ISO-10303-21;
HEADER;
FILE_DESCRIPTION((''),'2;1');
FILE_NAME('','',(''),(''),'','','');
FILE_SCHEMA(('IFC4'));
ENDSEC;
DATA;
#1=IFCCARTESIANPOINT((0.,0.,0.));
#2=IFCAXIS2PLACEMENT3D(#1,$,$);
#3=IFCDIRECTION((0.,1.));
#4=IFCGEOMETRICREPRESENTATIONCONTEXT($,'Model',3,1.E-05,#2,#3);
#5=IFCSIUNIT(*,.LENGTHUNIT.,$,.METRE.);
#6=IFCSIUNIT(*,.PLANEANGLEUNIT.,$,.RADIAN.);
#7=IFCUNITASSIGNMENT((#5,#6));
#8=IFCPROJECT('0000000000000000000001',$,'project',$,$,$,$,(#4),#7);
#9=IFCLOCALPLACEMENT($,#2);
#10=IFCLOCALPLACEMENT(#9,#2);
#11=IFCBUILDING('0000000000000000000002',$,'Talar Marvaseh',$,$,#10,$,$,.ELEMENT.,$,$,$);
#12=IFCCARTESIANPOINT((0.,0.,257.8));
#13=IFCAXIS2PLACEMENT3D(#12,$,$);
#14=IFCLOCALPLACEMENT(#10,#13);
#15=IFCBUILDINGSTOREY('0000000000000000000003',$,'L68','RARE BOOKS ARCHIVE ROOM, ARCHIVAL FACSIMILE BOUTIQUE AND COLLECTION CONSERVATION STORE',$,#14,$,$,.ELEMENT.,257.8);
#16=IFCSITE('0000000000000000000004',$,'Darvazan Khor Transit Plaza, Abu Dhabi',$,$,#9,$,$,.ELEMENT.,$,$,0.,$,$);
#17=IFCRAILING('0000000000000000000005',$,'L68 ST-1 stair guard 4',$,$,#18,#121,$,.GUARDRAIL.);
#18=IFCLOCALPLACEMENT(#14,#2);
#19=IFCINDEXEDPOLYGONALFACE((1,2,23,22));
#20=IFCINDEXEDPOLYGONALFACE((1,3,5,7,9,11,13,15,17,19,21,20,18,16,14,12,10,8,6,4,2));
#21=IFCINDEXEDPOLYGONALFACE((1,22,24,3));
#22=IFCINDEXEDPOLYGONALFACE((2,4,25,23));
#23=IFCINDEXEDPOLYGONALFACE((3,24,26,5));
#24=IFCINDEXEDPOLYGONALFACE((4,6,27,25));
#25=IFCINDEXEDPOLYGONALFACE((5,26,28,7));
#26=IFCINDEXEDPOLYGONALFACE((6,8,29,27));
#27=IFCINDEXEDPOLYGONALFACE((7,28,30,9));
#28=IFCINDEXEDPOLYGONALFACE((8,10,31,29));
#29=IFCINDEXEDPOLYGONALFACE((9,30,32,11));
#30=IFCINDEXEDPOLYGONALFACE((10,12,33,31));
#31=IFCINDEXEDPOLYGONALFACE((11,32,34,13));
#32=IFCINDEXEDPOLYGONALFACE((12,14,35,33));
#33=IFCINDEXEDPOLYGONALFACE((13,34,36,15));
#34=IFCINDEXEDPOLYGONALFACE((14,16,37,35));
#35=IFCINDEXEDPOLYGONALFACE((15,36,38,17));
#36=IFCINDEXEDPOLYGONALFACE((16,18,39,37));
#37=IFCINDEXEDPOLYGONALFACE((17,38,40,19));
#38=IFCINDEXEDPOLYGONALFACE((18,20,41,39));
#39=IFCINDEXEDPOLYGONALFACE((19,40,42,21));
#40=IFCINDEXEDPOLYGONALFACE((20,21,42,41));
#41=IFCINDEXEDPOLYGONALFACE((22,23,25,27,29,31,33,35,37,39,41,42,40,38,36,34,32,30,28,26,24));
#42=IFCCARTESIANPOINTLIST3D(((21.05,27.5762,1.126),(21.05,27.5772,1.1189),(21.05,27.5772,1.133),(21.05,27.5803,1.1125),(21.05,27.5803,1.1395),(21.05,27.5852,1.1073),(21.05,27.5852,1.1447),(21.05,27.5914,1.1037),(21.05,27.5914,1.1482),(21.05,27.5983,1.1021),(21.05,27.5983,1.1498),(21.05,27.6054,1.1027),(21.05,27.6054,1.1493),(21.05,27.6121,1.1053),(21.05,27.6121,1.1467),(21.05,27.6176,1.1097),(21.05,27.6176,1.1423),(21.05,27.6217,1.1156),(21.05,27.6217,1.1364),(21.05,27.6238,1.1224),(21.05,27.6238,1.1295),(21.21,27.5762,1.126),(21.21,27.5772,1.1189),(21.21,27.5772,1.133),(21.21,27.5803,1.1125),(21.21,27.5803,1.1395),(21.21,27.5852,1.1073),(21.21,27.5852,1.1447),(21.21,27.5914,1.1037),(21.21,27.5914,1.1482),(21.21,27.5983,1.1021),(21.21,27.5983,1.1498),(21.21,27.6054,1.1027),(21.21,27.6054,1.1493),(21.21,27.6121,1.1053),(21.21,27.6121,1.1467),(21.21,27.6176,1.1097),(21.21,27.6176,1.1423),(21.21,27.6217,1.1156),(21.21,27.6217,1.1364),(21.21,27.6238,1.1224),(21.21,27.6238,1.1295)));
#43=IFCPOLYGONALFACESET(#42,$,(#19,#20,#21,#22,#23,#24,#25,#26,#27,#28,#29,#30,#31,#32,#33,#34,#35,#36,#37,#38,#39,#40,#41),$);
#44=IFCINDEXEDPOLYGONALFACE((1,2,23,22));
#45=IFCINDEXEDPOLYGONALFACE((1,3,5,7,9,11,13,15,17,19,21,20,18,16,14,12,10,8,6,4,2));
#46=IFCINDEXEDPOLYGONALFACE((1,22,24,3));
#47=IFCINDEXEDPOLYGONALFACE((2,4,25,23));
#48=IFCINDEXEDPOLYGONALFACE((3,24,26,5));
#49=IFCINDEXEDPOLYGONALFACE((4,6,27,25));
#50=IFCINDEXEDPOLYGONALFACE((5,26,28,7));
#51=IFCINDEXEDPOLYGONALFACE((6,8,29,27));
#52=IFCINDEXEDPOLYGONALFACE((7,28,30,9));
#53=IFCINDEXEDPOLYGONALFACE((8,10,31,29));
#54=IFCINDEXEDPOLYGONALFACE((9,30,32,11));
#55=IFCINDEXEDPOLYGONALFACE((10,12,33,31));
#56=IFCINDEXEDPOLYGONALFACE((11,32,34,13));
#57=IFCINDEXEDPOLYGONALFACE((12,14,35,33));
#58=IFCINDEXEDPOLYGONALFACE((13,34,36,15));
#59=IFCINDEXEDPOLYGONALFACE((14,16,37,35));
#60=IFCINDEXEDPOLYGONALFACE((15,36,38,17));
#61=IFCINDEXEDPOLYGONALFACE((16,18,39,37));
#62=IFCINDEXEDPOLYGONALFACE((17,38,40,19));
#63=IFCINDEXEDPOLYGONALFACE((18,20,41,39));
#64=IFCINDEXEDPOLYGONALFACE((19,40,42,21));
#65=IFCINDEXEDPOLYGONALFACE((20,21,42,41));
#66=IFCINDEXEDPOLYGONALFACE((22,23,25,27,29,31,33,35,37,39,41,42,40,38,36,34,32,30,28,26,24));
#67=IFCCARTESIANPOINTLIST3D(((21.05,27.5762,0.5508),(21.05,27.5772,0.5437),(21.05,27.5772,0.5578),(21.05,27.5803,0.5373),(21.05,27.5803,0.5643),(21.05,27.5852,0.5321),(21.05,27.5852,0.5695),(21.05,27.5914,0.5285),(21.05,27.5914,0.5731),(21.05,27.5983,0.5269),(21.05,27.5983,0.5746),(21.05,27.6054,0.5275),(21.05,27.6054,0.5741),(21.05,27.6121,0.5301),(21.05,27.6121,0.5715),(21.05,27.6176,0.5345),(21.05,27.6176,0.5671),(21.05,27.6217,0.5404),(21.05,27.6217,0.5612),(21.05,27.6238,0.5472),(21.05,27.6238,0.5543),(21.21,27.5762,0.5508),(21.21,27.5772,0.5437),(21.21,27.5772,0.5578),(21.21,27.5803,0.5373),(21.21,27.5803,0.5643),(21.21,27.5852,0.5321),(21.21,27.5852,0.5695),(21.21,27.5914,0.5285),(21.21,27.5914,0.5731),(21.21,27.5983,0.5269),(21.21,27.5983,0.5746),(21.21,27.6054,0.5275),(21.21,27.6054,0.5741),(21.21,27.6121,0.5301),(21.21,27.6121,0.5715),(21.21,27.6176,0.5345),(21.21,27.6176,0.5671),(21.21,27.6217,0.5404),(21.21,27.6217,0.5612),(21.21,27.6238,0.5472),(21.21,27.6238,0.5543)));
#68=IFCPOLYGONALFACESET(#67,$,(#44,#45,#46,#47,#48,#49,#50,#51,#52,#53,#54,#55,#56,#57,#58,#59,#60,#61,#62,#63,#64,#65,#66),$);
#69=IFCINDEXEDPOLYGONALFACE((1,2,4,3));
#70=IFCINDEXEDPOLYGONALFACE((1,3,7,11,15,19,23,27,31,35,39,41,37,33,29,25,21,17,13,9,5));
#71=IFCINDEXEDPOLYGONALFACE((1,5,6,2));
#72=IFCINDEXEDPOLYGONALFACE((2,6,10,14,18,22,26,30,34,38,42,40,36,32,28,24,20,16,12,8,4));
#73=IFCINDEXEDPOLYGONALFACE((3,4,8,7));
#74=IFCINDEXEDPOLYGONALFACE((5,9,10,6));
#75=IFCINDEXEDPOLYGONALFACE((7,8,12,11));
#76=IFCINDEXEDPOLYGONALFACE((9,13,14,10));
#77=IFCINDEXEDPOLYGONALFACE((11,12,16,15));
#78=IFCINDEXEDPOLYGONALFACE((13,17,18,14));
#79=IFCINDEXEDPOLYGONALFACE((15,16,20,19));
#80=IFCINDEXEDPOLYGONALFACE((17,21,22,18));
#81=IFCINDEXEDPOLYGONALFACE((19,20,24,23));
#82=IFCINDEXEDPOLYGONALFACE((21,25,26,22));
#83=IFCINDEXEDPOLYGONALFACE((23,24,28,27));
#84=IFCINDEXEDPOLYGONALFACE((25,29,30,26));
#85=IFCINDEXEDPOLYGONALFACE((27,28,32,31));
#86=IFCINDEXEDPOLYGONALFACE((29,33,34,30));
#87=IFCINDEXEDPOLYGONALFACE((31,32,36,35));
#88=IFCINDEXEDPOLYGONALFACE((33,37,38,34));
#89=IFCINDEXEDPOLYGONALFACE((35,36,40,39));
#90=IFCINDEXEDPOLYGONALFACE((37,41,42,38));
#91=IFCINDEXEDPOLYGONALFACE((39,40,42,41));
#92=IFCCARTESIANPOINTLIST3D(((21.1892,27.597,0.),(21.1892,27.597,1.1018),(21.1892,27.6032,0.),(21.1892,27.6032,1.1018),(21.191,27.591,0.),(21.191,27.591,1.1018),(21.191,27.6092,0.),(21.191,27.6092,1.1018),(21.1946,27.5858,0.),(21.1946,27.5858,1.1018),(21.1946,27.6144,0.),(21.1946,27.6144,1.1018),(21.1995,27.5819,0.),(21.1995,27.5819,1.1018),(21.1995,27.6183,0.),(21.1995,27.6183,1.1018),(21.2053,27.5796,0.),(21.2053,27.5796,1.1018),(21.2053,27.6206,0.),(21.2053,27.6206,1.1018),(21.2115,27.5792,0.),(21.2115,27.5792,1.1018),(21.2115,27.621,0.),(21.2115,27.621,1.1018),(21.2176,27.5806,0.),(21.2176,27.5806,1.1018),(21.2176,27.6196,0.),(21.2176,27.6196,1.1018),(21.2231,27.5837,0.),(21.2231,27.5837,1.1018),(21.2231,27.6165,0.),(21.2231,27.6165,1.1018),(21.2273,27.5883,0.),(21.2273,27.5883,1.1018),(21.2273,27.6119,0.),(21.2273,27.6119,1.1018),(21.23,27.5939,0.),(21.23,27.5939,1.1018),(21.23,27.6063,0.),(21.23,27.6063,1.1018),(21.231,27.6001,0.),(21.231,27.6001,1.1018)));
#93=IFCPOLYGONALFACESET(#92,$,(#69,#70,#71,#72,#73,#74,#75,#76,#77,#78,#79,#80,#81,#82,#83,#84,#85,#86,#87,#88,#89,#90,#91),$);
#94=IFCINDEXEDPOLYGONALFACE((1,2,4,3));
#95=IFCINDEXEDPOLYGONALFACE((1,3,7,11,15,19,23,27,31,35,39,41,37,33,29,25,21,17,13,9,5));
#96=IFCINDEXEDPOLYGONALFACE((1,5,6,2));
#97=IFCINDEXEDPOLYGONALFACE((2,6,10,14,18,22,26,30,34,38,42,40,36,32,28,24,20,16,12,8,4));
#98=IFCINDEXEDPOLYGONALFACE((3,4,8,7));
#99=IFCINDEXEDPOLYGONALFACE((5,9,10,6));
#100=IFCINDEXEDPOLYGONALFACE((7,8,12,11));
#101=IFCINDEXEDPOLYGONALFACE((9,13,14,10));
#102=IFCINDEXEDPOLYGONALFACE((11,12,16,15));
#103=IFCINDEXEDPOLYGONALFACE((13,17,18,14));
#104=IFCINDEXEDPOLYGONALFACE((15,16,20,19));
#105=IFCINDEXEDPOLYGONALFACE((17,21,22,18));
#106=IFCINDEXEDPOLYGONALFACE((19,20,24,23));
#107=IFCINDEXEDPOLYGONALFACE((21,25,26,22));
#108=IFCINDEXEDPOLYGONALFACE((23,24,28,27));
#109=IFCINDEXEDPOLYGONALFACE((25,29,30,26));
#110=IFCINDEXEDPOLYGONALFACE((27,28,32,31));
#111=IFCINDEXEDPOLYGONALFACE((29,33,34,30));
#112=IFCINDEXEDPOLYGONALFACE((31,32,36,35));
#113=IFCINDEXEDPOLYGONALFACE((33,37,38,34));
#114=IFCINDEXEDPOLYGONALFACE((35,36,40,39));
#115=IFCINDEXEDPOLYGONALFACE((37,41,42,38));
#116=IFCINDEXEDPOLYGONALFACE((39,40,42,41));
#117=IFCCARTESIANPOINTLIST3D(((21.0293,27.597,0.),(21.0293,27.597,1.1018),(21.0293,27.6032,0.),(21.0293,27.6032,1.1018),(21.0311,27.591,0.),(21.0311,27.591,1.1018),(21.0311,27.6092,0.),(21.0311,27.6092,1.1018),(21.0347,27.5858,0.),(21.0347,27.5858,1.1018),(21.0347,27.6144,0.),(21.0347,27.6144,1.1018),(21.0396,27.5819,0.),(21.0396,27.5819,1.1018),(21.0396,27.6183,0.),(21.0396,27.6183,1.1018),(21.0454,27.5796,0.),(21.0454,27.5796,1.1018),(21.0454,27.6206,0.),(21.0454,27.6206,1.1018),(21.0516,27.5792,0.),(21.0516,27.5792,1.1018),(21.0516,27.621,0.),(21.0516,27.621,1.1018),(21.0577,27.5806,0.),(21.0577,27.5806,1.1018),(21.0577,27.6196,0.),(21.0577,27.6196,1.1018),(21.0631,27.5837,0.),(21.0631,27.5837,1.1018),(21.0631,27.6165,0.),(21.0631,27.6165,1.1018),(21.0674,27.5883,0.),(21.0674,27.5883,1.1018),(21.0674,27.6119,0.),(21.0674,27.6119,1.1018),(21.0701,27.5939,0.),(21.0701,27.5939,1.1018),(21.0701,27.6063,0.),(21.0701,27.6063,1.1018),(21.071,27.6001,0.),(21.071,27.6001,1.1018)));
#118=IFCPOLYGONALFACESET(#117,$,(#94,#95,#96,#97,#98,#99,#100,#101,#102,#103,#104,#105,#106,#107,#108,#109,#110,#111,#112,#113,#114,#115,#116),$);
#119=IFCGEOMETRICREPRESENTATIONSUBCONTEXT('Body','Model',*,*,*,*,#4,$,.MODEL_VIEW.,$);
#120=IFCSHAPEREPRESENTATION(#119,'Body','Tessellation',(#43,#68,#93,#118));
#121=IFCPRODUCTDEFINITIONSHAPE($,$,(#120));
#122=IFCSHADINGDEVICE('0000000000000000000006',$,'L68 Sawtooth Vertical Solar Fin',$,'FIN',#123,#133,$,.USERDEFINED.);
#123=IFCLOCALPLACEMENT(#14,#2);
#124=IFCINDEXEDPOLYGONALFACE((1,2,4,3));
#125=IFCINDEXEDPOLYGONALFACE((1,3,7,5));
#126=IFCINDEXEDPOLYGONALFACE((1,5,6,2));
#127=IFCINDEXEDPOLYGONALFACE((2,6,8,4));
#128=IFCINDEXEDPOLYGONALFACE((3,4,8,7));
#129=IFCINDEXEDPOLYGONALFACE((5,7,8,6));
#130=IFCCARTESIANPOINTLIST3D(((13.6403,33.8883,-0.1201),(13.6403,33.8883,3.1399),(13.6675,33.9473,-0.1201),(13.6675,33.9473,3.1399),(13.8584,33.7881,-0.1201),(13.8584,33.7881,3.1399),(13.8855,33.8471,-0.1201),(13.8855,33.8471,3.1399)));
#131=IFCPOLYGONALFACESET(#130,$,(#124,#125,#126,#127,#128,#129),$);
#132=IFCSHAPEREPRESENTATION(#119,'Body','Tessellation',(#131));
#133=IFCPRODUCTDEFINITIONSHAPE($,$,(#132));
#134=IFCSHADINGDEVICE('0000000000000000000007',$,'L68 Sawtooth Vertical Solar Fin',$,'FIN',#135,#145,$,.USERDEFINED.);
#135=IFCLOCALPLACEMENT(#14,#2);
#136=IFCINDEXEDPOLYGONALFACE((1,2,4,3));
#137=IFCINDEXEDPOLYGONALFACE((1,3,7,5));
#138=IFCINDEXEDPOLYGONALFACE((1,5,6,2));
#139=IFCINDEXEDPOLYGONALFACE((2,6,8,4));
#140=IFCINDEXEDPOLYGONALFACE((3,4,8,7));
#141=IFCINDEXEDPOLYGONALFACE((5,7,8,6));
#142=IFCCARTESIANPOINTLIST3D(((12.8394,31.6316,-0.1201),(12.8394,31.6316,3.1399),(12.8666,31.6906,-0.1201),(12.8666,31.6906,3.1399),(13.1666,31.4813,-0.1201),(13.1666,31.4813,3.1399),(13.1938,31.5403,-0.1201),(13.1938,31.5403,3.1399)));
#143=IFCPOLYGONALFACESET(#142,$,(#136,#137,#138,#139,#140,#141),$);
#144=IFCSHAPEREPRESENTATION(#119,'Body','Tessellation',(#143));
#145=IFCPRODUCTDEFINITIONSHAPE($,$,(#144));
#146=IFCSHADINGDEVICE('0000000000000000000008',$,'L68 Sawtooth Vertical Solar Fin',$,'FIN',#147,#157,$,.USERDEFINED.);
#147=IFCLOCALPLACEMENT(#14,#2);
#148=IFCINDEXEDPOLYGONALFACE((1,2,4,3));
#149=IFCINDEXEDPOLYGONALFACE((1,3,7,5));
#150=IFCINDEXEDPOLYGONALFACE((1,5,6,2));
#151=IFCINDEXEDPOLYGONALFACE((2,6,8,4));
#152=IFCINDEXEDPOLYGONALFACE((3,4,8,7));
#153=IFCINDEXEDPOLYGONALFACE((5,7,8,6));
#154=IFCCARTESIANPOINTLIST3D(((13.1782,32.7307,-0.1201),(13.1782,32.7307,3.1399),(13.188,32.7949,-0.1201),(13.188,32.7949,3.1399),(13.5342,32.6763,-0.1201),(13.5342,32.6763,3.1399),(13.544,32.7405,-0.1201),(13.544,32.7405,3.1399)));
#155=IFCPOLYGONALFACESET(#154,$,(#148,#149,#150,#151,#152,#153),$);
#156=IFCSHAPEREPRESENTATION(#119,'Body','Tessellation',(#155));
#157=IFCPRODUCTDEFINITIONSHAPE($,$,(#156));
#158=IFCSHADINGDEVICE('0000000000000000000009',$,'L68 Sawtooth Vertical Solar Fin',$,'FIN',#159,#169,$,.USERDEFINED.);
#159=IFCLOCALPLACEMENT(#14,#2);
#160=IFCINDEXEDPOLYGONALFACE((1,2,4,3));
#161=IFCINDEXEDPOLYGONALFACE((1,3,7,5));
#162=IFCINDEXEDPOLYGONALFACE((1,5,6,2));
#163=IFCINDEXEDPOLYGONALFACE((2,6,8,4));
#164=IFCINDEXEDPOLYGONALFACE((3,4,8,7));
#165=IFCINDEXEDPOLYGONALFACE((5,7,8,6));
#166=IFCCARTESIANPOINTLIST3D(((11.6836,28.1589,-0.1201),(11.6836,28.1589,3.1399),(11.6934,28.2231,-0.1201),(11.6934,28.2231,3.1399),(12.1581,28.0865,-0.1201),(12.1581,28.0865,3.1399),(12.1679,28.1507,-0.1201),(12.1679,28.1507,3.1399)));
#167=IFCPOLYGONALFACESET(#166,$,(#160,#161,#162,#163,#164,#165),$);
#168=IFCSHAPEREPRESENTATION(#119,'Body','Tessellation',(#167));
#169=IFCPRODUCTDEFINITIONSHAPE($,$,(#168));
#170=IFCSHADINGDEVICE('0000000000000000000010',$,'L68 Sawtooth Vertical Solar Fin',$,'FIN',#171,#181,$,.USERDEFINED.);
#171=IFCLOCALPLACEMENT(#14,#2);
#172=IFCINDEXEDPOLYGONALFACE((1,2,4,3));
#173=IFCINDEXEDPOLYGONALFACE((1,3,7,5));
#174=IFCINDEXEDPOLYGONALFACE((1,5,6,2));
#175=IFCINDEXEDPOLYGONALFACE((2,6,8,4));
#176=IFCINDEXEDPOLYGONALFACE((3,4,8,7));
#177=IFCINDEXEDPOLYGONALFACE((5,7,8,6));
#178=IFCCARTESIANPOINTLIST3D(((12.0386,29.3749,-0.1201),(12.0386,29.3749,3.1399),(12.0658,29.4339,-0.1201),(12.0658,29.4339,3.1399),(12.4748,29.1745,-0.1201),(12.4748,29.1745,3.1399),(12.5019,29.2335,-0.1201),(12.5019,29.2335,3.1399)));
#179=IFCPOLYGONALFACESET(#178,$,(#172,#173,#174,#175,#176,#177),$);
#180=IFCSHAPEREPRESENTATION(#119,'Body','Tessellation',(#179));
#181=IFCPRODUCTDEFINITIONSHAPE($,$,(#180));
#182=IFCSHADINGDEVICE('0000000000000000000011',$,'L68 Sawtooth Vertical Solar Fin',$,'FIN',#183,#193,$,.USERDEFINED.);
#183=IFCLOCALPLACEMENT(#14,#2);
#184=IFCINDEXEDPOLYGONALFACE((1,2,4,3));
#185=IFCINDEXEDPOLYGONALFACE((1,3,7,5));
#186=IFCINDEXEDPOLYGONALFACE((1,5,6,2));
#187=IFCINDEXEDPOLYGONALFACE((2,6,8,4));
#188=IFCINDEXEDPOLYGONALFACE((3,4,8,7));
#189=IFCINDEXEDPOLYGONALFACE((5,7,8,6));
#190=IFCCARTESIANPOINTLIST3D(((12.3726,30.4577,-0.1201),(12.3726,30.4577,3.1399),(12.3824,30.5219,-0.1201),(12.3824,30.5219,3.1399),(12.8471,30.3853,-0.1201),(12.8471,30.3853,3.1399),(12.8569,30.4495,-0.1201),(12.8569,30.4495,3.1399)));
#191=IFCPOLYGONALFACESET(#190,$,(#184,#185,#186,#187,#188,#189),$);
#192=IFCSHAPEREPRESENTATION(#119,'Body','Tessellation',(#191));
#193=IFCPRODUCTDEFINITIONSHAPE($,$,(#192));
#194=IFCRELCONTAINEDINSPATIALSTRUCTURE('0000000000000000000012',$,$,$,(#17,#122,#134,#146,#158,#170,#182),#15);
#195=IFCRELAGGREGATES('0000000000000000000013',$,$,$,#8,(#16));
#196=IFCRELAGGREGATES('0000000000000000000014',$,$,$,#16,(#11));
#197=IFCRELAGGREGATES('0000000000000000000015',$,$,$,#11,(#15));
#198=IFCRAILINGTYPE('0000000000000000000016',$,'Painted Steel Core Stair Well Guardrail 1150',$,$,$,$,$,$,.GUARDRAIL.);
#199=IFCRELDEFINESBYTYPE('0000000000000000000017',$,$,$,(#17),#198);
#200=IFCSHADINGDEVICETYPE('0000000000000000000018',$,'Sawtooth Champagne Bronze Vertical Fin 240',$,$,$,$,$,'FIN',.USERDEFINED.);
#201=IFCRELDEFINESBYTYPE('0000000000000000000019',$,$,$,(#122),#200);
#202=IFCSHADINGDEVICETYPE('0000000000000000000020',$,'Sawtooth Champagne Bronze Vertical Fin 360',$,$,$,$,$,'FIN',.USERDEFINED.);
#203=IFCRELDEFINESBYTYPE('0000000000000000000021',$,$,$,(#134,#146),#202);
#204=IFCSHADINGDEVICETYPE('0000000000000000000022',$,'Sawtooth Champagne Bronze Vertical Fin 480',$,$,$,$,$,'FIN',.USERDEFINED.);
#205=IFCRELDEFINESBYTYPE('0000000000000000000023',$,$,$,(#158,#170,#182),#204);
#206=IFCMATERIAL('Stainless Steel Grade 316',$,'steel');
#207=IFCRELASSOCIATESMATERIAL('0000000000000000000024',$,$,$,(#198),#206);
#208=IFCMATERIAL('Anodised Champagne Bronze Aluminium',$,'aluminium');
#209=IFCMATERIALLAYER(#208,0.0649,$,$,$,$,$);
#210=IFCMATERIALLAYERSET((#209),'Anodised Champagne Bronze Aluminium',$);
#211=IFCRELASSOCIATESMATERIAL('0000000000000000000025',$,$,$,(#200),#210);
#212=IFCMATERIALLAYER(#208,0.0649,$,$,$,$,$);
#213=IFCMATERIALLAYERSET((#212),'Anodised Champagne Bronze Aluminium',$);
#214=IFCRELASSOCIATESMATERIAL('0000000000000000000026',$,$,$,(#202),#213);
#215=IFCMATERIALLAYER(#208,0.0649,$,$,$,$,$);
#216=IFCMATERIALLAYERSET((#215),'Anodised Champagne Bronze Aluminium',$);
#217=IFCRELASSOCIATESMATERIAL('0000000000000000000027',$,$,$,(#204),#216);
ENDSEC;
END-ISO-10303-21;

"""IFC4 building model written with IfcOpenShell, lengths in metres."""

from ifc_helpers import new_model, si_unit, direction, frame, origin, origin_2d, place, context, subcontext, project, spatial, rectangle, circle, extrude, source, transform, mapped, material, layer, layer_set, type_object, type_shapes, element, save


model = new_model("IFC4")

# Units and contexts
model_context = context("Model", 3, precision=1e-05, world=origin(), true_north=direction((0.0, 1.0)))
body_context = subcontext(model_context, "Body", "Model", "MODEL_VIEW")
ifc_project = project(units=[si_unit("LENGTHUNIT", "METRE"), si_unit("PLANEANGLEUNIT", "RADIAN")], contexts=[model_context])

# Site, building, storey
site_placement = place(None, origin())
site = spatial("IfcSite", under=ifc_project, at=site_placement, Name="Darvazan Khor Transit Plaza, Abu Dhabi", CompositionType="ELEMENT", RefElevation=0.0)
building_placement = place(site_placement, origin())
building = spatial("IfcBuilding", under=site, at=building_placement, Name="Talar Marvaseh", CompositionType="ELEMENT")
storey_placement = place(building_placement, frame((0.0, 0.0, 257.8)))
storey = spatial("IfcBuildingStorey", under=building, at=storey_placement, Name="L68", Description="RARE BOOKS ARCHIVE ROOM, ARCHIVAL FACSIMILE BOUTIQUE AND COLLECTION CONSERVATION STORE", CompositionType="ELEMENT", Elevation=257.8)

# Railing
ifc_material_1 = material(Name="Stainless Steel Grade 316", Category="steel")
railing_type_1 = type_object("IfcRailingType", Name="Painted Steel Core Stair Well Guardrail 1150", PredefinedType="GUARDRAIL", material=ifc_material_1)
railing_1_placement = place(storey_placement, frame((21.21, 27.6001, 0.0)))
element("IfcRailing", 1, at=railing_1_placement, inside=storey, type_object=railing_type_1, Name="L68 ST-1 stair guard 4", PredefinedType="GUARDRAIL", context=body_context, shape_type="SweptSolid", body=[
    extrude(circle(Radius=0.0239, at=origin_2d()), frame((0.0, 0.0, 1.126), z_axis=(-1.0, 0.0, 0.0), x_axis=(0.0, -1.0, 0.0)), (0.0, 0.0, 1.0), 0.1599),
    extrude(circle(Radius=0.0239, at=origin_2d()), frame((0.0, 0.0, 0.5508), z_axis=(-1.0, 0.0, 0.0), x_axis=(0.0, -1.0, 0.0)), (0.0, 0.0, 1.0), 0.1599),
    extrude(circle(Radius=0.021, at=origin_2d()), origin(), (0.0, 0.0, 1.0), 1.1018),
    extrude(circle(Radius=0.021, at=origin_2d()), frame((-0.1599, 0.0, 0.0)), (0.0, 0.0, 1.0), 1.1018),
])

# Shading devices
ifc_material_2 = material(Name="Anodised Champagne Bronze Aluminium", Category="aluminium")
ifc_layer_1 = layer(ifc_material_2, 0.0649)
ifc_layer_set_1 = layer_set([ifc_layer_1], Name="Anodised Champagne Bronze Aluminium")
shading_device_type_1 = type_object("IfcShadingDeviceType", Name="Sawtooth Champagne Bronze Vertical Fin 240", ElementType="FIN", PredefinedType="USERDEFINED", material=ifc_layer_set_1)
shared_shape_1 = source(origin(), body_context, "Body", "SweptSolid", [
    extrude(rectangle(XDim=0.24, YDim=0.0649, at=origin_2d()), origin(), (0.0, 0.0, 1.0), 3.26),
])
type_shapes(shading_device_type_1, [shared_shape_1])
shading_device_1_placement = place(storey_placement, frame((13.7629, 33.8677, -0.1201), z_axis=(0.0, 0.0, 1.0), x_axis=(-0.908654, 0.41755, 0.0)))
element("IfcShadingDevice", 2, at=shading_device_1_placement, inside=storey, type_object=shading_device_type_1, Name="L68 Sawtooth Vertical Solar Fin", ObjectType="FIN", PredefinedType="USERDEFINED", context=body_context, shape_type="MappedRepresentation", body=[
    mapped(shared_shape_1, transform((0.0, 0.0, 0.0), x_axis=(1.0, 0.0, 0.0), y_axis=(0.0, 1.0, 0.0), z_axis=(0.0, 0.0, 1.0), scale=1.0)),
])
ifc_layer_2 = layer(ifc_material_2, 0.0649)
ifc_layer_set_2 = layer_set([ifc_layer_2], Name="Anodised Champagne Bronze Aluminium")
shading_device_type_2 = type_object("IfcShadingDeviceType", Name="Sawtooth Champagne Bronze Vertical Fin 360", ElementType="FIN", PredefinedType="USERDEFINED", material=ifc_layer_set_2)
shared_shape_2 = source(origin(), body_context, "Body", "SweptSolid", [
    extrude(rectangle(XDim=0.3601, YDim=0.0649, at=origin_2d()), origin(), (0.0, 0.0, 1.0), 3.26),
])
type_shapes(shading_device_type_2, [shared_shape_2])
for number, where, z_axis, x_axis, name in (
    (3, (13.0166, 31.5859, -0.1201), (0.0, 0.0, 1.0), (-0.908654, 0.41755, 0.0), "L68 Sawtooth Vertical Solar Fin"),
    (4, (13.3611, 32.7356, -0.1201), (0.0, 0.0, 1.0), (-0.988547, 0.150916, 0.0), "L68 Sawtooth Vertical Solar Fin"),
):
    element("IfcShadingDevice", number, at=place(storey_placement, frame(where, z_axis=z_axis, x_axis=x_axis)), inside=storey, type_object=shading_device_type_2, Name=name, ObjectType="FIN", PredefinedType="USERDEFINED", context=body_context, shape_type="MappedRepresentation", body=[
        mapped(shared_shape_2, transform((0.0, 0.0, 0.0), x_axis=(1.0, 0.0, 0.0), y_axis=(0.0, 1.0, 0.0), z_axis=(0.0, 0.0, 1.0), scale=1.0)),
    ])
ifc_layer_3 = layer(ifc_material_2, 0.0649)
ifc_layer_set_3 = layer_set([ifc_layer_3], Name="Anodised Champagne Bronze Aluminium")
shading_device_type_3 = type_object("IfcShadingDeviceType", Name="Sawtooth Champagne Bronze Vertical Fin 480", ElementType="FIN", PredefinedType="USERDEFINED", material=ifc_layer_set_3)
shared_shape_3 = source(origin(), body_context, "Body", "SweptSolid", [
    extrude(rectangle(XDim=0.48, YDim=0.0649, at=origin_2d()), origin(), (0.0, 0.0, 1.0), 3.26),
])
type_shapes(shading_device_type_3, [shared_shape_3])
for number, where, z_axis, x_axis, name in (
    (5, (11.9258, 28.1548, -0.1201), (0.0, 0.0, 1.0), (-0.988547, 0.150916, 0.0), "L68 Sawtooth Vertical Solar Fin"),
    (6, (12.2703, 29.3042, -0.1201), (0.0, 0.0, 1.0), (-0.908654, 0.41755, 0.0), "L68 Sawtooth Vertical Solar Fin"),
    (7, (12.6147, 30.4536, -0.1201), (0.0, 0.0, 1.0), (-0.988547, 0.150916, 0.0), "L68 Sawtooth Vertical Solar Fin"),
):
    element("IfcShadingDevice", number, at=place(storey_placement, frame(where, z_axis=z_axis, x_axis=x_axis)), inside=storey, type_object=shading_device_type_3, Name=name, ObjectType="FIN", PredefinedType="USERDEFINED", context=body_context, shape_type="MappedRepresentation", body=[
        mapped(shared_shape_3, transform((0.0, 0.0, 0.0), x_axis=(1.0, 0.0, 0.0), y_axis=(0.0, 1.0, 0.0), z_axis=(0.0, 0.0, 1.0), scale=1.0)),
    ])

save(model, "model.ifc")
